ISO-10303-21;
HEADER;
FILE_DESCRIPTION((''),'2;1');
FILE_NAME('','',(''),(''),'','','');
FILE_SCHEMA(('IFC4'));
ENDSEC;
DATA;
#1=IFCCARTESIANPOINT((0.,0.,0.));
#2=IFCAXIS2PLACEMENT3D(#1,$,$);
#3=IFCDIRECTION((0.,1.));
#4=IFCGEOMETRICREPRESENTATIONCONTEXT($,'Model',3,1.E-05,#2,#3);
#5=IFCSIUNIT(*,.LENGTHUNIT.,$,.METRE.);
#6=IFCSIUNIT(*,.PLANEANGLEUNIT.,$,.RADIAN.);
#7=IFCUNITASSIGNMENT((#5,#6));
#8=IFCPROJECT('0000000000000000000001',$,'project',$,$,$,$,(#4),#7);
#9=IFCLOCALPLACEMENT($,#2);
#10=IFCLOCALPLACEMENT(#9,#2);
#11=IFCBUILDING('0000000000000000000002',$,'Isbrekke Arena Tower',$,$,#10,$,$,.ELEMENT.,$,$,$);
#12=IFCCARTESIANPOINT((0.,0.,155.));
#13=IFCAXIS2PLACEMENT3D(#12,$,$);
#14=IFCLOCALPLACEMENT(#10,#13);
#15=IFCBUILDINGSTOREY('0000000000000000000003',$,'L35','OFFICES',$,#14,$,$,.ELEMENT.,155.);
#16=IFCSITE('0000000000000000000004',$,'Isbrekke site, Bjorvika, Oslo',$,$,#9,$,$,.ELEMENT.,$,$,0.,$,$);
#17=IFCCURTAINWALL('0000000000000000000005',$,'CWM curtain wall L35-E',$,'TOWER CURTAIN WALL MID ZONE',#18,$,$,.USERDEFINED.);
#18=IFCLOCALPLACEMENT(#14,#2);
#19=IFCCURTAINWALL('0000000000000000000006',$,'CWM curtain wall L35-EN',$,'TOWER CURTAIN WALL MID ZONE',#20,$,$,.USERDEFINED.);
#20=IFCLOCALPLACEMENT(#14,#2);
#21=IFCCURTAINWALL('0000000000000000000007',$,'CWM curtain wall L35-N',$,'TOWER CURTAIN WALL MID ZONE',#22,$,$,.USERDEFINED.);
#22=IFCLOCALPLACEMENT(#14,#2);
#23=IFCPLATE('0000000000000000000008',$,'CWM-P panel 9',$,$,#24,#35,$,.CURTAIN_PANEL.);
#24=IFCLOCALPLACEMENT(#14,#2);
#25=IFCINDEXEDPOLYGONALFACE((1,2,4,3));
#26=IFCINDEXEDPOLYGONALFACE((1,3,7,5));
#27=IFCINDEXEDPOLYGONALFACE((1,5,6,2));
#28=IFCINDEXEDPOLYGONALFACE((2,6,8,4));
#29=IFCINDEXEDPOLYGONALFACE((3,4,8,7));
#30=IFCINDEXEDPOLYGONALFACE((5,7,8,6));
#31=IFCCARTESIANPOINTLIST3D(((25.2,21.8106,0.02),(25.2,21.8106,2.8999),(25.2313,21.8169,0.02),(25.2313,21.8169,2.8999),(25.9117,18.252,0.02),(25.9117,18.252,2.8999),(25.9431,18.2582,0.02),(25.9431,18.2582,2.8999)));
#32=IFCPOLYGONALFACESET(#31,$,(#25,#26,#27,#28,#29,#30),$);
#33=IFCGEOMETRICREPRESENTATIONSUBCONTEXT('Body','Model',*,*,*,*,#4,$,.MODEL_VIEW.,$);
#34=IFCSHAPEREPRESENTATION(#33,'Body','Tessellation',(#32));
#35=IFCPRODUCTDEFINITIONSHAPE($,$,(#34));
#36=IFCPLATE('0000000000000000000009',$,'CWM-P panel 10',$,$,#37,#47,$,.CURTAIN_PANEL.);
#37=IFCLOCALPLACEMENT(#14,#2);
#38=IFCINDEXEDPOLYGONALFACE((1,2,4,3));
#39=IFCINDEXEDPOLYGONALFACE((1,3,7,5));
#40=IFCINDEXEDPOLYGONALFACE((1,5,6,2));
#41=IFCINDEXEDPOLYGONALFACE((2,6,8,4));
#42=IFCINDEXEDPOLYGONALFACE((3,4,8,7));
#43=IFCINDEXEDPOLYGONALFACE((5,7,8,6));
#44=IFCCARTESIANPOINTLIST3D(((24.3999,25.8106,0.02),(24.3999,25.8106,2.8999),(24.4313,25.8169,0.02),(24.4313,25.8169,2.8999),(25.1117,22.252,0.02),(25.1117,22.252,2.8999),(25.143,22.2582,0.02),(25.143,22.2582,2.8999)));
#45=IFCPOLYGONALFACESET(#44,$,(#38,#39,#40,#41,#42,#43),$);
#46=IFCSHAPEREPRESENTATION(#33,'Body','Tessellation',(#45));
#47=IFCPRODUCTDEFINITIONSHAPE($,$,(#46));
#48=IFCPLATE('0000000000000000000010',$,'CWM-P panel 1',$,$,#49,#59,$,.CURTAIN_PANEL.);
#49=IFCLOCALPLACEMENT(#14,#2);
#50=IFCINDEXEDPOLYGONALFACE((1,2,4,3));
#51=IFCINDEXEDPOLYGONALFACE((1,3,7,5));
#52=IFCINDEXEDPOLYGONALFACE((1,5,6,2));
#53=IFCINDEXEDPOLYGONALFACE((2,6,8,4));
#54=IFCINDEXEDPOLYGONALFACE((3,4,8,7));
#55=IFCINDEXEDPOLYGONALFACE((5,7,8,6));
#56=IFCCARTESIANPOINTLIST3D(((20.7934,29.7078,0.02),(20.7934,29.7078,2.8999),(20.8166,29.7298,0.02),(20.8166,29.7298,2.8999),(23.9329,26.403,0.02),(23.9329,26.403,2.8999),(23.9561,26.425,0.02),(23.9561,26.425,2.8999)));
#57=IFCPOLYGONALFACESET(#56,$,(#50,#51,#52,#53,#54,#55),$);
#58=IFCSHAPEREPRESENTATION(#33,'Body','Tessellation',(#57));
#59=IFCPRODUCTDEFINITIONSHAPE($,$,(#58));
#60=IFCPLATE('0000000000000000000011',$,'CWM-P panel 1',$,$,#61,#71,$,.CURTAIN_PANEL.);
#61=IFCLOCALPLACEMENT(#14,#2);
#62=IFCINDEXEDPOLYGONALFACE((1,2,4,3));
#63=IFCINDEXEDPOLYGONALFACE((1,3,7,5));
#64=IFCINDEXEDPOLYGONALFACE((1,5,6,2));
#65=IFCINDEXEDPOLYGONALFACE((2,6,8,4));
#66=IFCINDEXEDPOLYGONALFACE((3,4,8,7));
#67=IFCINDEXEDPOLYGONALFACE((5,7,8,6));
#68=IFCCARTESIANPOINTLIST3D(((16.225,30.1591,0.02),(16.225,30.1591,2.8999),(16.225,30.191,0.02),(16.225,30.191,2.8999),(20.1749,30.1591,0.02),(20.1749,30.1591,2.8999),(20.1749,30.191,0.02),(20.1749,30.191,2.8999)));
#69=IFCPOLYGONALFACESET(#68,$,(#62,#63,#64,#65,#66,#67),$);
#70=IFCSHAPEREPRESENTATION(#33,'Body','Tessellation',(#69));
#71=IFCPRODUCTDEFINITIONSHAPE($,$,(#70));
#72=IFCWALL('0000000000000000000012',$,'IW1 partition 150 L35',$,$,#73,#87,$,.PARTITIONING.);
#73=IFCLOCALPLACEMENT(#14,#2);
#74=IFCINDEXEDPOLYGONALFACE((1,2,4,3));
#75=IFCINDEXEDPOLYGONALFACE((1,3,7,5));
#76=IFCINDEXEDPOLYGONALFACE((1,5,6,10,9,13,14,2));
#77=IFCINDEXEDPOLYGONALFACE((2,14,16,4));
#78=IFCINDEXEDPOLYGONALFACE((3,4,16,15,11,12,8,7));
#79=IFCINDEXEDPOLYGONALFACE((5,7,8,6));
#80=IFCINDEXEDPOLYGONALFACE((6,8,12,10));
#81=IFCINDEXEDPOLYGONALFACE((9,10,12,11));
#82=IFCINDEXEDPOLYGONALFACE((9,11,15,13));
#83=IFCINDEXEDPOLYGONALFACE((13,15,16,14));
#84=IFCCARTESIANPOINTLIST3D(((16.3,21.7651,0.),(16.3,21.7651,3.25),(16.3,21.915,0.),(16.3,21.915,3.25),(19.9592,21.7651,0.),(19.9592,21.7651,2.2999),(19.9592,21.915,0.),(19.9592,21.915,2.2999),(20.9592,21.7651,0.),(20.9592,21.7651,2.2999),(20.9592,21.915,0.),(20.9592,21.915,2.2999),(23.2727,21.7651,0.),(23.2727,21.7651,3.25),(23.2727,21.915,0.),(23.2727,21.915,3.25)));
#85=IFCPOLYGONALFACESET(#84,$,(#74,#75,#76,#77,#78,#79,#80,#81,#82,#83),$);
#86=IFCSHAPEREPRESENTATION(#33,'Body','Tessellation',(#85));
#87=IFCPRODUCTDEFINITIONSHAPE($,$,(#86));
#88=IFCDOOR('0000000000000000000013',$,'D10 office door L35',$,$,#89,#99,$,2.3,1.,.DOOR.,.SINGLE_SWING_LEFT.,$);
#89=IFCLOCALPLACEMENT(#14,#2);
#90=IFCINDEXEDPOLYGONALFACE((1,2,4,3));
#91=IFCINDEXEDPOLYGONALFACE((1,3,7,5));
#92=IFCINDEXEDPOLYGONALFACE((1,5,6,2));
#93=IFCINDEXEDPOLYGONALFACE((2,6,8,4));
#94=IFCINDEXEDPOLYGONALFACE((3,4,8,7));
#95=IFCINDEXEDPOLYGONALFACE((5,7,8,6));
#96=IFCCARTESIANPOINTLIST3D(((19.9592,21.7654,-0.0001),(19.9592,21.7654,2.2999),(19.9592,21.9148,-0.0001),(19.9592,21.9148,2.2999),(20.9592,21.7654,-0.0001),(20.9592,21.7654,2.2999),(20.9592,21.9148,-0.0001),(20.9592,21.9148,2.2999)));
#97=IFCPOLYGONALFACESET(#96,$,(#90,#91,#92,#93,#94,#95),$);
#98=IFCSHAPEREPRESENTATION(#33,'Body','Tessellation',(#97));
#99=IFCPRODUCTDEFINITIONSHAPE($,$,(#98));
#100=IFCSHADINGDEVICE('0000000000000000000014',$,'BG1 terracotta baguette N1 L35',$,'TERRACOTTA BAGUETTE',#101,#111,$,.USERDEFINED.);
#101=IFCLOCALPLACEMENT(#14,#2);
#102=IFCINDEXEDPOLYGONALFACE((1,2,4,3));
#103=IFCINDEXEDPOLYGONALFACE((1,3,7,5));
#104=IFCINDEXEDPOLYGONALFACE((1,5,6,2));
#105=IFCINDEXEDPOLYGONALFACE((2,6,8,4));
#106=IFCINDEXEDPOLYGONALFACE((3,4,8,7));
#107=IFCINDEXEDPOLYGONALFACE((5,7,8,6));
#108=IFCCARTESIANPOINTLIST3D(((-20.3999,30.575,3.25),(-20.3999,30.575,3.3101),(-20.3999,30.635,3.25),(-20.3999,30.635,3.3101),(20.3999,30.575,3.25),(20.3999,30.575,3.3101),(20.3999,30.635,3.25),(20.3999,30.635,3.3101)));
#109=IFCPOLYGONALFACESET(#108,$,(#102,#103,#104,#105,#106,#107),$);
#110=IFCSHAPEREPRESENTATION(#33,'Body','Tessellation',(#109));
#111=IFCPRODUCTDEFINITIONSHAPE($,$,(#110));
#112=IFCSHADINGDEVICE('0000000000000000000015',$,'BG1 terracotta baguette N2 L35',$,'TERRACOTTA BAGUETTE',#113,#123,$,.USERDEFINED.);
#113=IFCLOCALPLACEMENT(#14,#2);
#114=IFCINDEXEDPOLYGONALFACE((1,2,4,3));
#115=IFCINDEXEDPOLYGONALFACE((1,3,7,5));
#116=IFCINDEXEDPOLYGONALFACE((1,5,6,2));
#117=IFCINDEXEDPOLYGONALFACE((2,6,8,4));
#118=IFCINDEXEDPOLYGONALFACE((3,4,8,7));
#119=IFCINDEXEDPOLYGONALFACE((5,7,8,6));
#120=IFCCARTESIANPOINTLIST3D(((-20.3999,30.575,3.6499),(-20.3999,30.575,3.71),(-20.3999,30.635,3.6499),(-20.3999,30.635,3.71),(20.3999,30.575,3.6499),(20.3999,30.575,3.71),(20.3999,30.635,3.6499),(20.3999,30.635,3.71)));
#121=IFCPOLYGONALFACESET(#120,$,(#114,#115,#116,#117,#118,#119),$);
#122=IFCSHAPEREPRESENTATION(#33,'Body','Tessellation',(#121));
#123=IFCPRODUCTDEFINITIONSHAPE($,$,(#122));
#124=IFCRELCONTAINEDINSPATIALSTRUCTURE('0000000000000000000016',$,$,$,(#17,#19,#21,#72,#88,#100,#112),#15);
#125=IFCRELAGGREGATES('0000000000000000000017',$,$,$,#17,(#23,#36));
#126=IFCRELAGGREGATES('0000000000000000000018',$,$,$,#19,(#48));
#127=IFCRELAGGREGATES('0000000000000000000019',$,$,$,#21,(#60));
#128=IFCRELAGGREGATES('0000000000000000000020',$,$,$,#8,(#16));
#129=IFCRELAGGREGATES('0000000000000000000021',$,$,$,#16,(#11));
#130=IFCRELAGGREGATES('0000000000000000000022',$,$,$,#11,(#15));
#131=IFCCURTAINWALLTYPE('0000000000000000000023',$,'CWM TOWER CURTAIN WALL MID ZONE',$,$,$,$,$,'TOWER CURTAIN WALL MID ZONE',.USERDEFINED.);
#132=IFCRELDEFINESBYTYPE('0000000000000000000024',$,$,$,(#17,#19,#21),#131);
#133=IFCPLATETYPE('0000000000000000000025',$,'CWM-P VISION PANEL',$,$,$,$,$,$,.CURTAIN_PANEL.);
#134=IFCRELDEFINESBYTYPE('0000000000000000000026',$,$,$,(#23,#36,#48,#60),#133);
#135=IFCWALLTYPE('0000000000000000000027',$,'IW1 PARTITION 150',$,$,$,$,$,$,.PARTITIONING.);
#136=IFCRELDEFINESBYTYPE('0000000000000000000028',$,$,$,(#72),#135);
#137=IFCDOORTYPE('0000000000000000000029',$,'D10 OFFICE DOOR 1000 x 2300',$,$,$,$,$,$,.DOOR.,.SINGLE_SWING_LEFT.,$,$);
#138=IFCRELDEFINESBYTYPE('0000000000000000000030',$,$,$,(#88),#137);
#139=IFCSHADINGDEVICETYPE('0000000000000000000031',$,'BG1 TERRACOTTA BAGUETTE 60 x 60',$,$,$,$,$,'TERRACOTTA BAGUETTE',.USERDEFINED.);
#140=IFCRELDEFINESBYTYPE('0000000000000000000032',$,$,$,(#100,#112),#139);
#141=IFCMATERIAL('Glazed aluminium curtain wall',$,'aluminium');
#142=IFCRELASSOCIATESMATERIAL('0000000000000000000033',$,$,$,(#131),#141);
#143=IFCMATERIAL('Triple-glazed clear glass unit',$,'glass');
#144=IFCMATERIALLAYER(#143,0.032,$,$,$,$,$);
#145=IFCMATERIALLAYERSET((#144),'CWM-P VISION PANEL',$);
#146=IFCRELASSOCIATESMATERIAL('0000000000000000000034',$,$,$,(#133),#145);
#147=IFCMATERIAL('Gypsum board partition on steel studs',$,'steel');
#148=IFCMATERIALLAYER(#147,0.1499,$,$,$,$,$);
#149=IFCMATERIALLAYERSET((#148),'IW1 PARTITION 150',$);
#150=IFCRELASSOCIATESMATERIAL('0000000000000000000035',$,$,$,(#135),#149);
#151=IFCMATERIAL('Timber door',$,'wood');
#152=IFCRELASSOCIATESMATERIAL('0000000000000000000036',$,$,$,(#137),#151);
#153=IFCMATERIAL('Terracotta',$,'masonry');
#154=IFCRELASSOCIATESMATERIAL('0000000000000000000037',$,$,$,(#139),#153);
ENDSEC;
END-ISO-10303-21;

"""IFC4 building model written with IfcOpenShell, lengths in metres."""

from ifc_helpers import new_model, si_unit, direction, frame, frame_2d, origin, origin_2d, place, context, subcontext, project, spatial, rectangle, extrude, material, layer, layer_set, material_profile, profile_set, type_object, element, fill, aggregate, save


model = new_model("IFC4")

# Units and contexts
model_context = context("Model", 3, precision=1e-05, world=origin(), true_north=direction((0.0, 1.0)))
body_context = subcontext(model_context, "Body", "Model", "MODEL_VIEW")
ifc_project = project(units=[si_unit("LENGTHUNIT", "METRE"), si_unit("PLANEANGLEUNIT", "RADIAN")], contexts=[model_context])

# Site, building, storey
site_placement = place(None, origin())
site = spatial("IfcSite", under=ifc_project, at=site_placement, Name="Isbrekke site, Bjorvika, Oslo", CompositionType="ELEMENT", RefElevation=0.0)
building_placement = place(site_placement, origin())
building = spatial("IfcBuilding", under=site, at=building_placement, Name="Isbrekke Arena Tower", CompositionType="ELEMENT")
storey_placement = place(building_placement, frame((0.0, 0.0, 155.0)))
storey = spatial("IfcBuildingStorey", under=building, at=storey_placement, Name="L35", Description="OFFICES", CompositionType="ELEMENT", Elevation=155.0)

# Curtain walls
ifc_material_1 = material(Name="Glazed aluminium curtain wall", Category="aluminium")
curtain_wall_type = type_object("IfcCurtainWallType", Name="CWM TOWER CURTAIN WALL MID ZONE", ElementType="TOWER CURTAIN WALL MID ZONE", PredefinedType="USERDEFINED", material=ifc_material_1)
curtain_wall_1_placement = place(storey_placement, origin())
curtain_wall_1 = element("IfcCurtainWall", 1, at=curtain_wall_1_placement, inside=storey, type_object=curtain_wall_type, Name="CWM curtain wall L35-E", ObjectType="TOWER CURTAIN WALL MID ZONE", PredefinedType="USERDEFINED")
curtain_wall_2_placement = place(storey_placement, origin())
curtain_wall_2 = element("IfcCurtainWall", 2, at=curtain_wall_2_placement, inside=storey, type_object=curtain_wall_type, Name="CWM curtain wall L35-EN", ObjectType="TOWER CURTAIN WALL MID ZONE", PredefinedType="USERDEFINED")

# Curtain wall
curtain_wall_3_placement = place(storey_placement, origin())
curtain_wall_3 = element("IfcCurtainWall", 3, at=curtain_wall_3_placement, inside=storey, type_object=curtain_wall_type, Name="CWM curtain wall L35-N", ObjectType="TOWER CURTAIN WALL MID ZONE", PredefinedType="USERDEFINED")

# Plates
ifc_material_2 = material(Name="Triple-glazed clear glass unit", Category="glass")
ifc_layer_1 = layer(ifc_material_2, 0.032)
ifc_layer_set_1 = layer_set([ifc_layer_1], Name="CWM-P VISION PANEL")
plate_type = type_object("IfcPlateType", Name="CWM-P VISION PANEL", PredefinedType="CURTAIN_PANEL", material=ifc_layer_set_1)
plate_1_placement = place(storey_placement, frame((25.5715, 20.0344, 0.02), z_axis=(0.0, 0.0, 1.0), x_axis=(-0.196116, 0.980581, 0.0)))
plate_1 = element("IfcPlate", 4, at=plate_1_placement, type_object=plate_type, Name="CWM-P panel 9", PredefinedType="CURTAIN_PANEL", context=body_context, shape_type="SweptSolid", body=[
    extrude(rectangle(XDim=3.6292, YDim=0.032, at=origin_2d()), origin(), (0.0, 0.0, 1.0), 2.8799),
])
plate_2_placement = place(storey_placement, frame((24.7715, 24.0344, 0.02), z_axis=(0.0, 0.0, 1.0), x_axis=(-0.196116, 0.980581, 0.0)))
plate_2 = element("IfcPlate", 5, at=plate_2_placement, type_object=plate_type, Name="CWM-P panel 10", PredefinedType="CURTAIN_PANEL", context=body_context, shape_type="SweptSolid", body=[
    extrude(rectangle(XDim=3.6292, YDim=0.032, at=origin_2d()), origin(), (0.0, 0.0, 1.0), 2.8799),
])
aggregate(curtain_wall_1, [plate_1, plate_2])
plate_3_placement = place(storey_placement, frame((22.3748, 28.0664, 0.02), z_axis=(0.0, 0.0, 1.0), x_axis=(-0.688749, 0.724999, 0.0)))
plate_3 = element("IfcPlate", 6, at=plate_3_placement, type_object=plate_type, Name="CWM-P panel 1", PredefinedType="CURTAIN_PANEL", context=body_context, shape_type="SweptSolid", body=[
    extrude(rectangle(XDim=4.5583, YDim=0.032, at=origin_2d()), origin(), (0.0, 0.0, 1.0), 2.8799),
])
aggregate(curtain_wall_2, [plate_3])
plate_4_placement = place(storey_placement, frame((18.2, 30.175, 0.02), z_axis=(0.0, 0.0, 1.0), x_axis=(-1.0, 0.0, 0.0)))
plate_4 = element("IfcPlate", 7, at=plate_4_placement, type_object=plate_type, Name="CWM-P panel 1", PredefinedType="CURTAIN_PANEL", context=body_context, shape_type="SweptSolid", body=[
    extrude(rectangle(XDim=3.95, YDim=0.032, at=origin_2d()), origin(), (0.0, 0.0, 1.0), 2.8799),
])
aggregate(curtain_wall_3, [plate_4])

# Wall, opening, door
ifc_material_3 = material(Name="Gypsum board partition on steel studs", Category="steel")
ifc_layer_2 = layer(ifc_material_3, 0.1499)
ifc_layer_set_2 = layer_set([ifc_layer_2], Name="IW1 PARTITION 150")
wall_type = type_object("IfcWallType", Name="IW1 PARTITION 150", PredefinedType="PARTITIONING", material=ifc_layer_set_2)
wall_placement = place(storey_placement, frame((16.3, 21.8401, 0.0), z_axis=(0.0, 0.0, 1.0), x_axis=(1.0, 0.0, 0.0)))
wall = element("IfcWall", 8, at=wall_placement, inside=storey, type_object=wall_type, Name="IW1 partition 150 L35", PredefinedType="PARTITIONING", context=body_context, shape_type="SweptSolid", body=[
    extrude(rectangle(XDim=6.9727, YDim=0.1499, at=frame_2d((3.4863, 0.0))), origin(), (0.0, 0.0, 1.0), 3.25),
])
opening_placement = place(wall_placement, frame((3.6592, 0.0, 0.0)))
opening = element("IfcOpeningElement", 9, at=opening_placement, cuts=wall, PredefinedType="OPENING", context=body_context, shape_type="SweptSolid", body=[
    extrude(rectangle(XDim=1.0, YDim=2.3, at=frame_2d((0.5, 1.1499))), frame((0.0, 0.0898, 0.0), z_axis=(0.0, -1.0, 0.0), x_axis=(1.0, 0.0, 0.0)), (0.0, 0.0, 1.0), 0.1797),
])
ifc_material_4 = material(Name="Timber door", Category="wood")
door_type = type_object("IfcDoorType", Name="D10 OFFICE DOOR 1000 x 2300", OperationType="SINGLE_SWING_LEFT", PredefinedType="DOOR", material=ifc_material_4)
door_placement = place(opening_placement, origin())
door = element("IfcDoor", 10, at=door_placement, inside=storey, type_object=door_type, Name="D10 office door L35", OperationType="SINGLE_SWING_LEFT", OverallHeight=2.3, OverallWidth=1.0, PredefinedType="DOOR", context=body_context, shape_type="SweptSolid", body=[
    extrude(rectangle(XDim=1.0, YDim=2.3, at=frame_2d((0.5, 1.1499))), frame((0.0, 0.0747, 0.0), z_axis=(0.0, -1.0, 0.0), x_axis=(1.0, 0.0, 0.0)), (0.0, 0.0, 1.0), 0.1494),
])
fill(opening, door)

# Shading devices
ifc_material_5 = material(Name="Terracotta", Category="masonry")
ifc_material_profile_1 = material_profile(ifc_material_5, rectangle(XDim=0.0601, YDim=0.0601, at=origin_2d()), Name="BAGUETTE 60X60")
ifc_profile_set_1 = profile_set([ifc_material_profile_1], Name="Terracotta")
shading_device_type = type_object("IfcShadingDeviceType", Name="BG1 TERRACOTTA BAGUETTE 60 x 60", ElementType="TERRACOTTA BAGUETTE", PredefinedType="USERDEFINED", material=ifc_profile_set_1)
for number, where, z_axis, x_axis, name in (
    (11, (20.3999, 30.605, 3.28), (-1.0, 0.0, 0.0), (0.0, -1.0, 0.0), "BG1 terracotta baguette N1 L35"),
    (12, (20.3999, 30.605, 3.6799), (-1.0, 0.0, 0.0), (0.0, -1.0, 0.0), "BG1 terracotta baguette N2 L35"),
):
    element("IfcShadingDevice", number, at=place(storey_placement, frame(where, z_axis=z_axis, x_axis=x_axis)), inside=storey, type_object=shading_device_type, Name=name, ObjectType="TERRACOTTA BAGUETTE", PredefinedType="USERDEFINED", context=body_context, shape_type="SweptSolid", body=[
        extrude(rectangle(XDim=0.0601, YDim=0.0601, at=origin_2d()), origin(), (0.0, 0.0, 1.0), 40.7998),
    ])

save(model, "model.ifc")
